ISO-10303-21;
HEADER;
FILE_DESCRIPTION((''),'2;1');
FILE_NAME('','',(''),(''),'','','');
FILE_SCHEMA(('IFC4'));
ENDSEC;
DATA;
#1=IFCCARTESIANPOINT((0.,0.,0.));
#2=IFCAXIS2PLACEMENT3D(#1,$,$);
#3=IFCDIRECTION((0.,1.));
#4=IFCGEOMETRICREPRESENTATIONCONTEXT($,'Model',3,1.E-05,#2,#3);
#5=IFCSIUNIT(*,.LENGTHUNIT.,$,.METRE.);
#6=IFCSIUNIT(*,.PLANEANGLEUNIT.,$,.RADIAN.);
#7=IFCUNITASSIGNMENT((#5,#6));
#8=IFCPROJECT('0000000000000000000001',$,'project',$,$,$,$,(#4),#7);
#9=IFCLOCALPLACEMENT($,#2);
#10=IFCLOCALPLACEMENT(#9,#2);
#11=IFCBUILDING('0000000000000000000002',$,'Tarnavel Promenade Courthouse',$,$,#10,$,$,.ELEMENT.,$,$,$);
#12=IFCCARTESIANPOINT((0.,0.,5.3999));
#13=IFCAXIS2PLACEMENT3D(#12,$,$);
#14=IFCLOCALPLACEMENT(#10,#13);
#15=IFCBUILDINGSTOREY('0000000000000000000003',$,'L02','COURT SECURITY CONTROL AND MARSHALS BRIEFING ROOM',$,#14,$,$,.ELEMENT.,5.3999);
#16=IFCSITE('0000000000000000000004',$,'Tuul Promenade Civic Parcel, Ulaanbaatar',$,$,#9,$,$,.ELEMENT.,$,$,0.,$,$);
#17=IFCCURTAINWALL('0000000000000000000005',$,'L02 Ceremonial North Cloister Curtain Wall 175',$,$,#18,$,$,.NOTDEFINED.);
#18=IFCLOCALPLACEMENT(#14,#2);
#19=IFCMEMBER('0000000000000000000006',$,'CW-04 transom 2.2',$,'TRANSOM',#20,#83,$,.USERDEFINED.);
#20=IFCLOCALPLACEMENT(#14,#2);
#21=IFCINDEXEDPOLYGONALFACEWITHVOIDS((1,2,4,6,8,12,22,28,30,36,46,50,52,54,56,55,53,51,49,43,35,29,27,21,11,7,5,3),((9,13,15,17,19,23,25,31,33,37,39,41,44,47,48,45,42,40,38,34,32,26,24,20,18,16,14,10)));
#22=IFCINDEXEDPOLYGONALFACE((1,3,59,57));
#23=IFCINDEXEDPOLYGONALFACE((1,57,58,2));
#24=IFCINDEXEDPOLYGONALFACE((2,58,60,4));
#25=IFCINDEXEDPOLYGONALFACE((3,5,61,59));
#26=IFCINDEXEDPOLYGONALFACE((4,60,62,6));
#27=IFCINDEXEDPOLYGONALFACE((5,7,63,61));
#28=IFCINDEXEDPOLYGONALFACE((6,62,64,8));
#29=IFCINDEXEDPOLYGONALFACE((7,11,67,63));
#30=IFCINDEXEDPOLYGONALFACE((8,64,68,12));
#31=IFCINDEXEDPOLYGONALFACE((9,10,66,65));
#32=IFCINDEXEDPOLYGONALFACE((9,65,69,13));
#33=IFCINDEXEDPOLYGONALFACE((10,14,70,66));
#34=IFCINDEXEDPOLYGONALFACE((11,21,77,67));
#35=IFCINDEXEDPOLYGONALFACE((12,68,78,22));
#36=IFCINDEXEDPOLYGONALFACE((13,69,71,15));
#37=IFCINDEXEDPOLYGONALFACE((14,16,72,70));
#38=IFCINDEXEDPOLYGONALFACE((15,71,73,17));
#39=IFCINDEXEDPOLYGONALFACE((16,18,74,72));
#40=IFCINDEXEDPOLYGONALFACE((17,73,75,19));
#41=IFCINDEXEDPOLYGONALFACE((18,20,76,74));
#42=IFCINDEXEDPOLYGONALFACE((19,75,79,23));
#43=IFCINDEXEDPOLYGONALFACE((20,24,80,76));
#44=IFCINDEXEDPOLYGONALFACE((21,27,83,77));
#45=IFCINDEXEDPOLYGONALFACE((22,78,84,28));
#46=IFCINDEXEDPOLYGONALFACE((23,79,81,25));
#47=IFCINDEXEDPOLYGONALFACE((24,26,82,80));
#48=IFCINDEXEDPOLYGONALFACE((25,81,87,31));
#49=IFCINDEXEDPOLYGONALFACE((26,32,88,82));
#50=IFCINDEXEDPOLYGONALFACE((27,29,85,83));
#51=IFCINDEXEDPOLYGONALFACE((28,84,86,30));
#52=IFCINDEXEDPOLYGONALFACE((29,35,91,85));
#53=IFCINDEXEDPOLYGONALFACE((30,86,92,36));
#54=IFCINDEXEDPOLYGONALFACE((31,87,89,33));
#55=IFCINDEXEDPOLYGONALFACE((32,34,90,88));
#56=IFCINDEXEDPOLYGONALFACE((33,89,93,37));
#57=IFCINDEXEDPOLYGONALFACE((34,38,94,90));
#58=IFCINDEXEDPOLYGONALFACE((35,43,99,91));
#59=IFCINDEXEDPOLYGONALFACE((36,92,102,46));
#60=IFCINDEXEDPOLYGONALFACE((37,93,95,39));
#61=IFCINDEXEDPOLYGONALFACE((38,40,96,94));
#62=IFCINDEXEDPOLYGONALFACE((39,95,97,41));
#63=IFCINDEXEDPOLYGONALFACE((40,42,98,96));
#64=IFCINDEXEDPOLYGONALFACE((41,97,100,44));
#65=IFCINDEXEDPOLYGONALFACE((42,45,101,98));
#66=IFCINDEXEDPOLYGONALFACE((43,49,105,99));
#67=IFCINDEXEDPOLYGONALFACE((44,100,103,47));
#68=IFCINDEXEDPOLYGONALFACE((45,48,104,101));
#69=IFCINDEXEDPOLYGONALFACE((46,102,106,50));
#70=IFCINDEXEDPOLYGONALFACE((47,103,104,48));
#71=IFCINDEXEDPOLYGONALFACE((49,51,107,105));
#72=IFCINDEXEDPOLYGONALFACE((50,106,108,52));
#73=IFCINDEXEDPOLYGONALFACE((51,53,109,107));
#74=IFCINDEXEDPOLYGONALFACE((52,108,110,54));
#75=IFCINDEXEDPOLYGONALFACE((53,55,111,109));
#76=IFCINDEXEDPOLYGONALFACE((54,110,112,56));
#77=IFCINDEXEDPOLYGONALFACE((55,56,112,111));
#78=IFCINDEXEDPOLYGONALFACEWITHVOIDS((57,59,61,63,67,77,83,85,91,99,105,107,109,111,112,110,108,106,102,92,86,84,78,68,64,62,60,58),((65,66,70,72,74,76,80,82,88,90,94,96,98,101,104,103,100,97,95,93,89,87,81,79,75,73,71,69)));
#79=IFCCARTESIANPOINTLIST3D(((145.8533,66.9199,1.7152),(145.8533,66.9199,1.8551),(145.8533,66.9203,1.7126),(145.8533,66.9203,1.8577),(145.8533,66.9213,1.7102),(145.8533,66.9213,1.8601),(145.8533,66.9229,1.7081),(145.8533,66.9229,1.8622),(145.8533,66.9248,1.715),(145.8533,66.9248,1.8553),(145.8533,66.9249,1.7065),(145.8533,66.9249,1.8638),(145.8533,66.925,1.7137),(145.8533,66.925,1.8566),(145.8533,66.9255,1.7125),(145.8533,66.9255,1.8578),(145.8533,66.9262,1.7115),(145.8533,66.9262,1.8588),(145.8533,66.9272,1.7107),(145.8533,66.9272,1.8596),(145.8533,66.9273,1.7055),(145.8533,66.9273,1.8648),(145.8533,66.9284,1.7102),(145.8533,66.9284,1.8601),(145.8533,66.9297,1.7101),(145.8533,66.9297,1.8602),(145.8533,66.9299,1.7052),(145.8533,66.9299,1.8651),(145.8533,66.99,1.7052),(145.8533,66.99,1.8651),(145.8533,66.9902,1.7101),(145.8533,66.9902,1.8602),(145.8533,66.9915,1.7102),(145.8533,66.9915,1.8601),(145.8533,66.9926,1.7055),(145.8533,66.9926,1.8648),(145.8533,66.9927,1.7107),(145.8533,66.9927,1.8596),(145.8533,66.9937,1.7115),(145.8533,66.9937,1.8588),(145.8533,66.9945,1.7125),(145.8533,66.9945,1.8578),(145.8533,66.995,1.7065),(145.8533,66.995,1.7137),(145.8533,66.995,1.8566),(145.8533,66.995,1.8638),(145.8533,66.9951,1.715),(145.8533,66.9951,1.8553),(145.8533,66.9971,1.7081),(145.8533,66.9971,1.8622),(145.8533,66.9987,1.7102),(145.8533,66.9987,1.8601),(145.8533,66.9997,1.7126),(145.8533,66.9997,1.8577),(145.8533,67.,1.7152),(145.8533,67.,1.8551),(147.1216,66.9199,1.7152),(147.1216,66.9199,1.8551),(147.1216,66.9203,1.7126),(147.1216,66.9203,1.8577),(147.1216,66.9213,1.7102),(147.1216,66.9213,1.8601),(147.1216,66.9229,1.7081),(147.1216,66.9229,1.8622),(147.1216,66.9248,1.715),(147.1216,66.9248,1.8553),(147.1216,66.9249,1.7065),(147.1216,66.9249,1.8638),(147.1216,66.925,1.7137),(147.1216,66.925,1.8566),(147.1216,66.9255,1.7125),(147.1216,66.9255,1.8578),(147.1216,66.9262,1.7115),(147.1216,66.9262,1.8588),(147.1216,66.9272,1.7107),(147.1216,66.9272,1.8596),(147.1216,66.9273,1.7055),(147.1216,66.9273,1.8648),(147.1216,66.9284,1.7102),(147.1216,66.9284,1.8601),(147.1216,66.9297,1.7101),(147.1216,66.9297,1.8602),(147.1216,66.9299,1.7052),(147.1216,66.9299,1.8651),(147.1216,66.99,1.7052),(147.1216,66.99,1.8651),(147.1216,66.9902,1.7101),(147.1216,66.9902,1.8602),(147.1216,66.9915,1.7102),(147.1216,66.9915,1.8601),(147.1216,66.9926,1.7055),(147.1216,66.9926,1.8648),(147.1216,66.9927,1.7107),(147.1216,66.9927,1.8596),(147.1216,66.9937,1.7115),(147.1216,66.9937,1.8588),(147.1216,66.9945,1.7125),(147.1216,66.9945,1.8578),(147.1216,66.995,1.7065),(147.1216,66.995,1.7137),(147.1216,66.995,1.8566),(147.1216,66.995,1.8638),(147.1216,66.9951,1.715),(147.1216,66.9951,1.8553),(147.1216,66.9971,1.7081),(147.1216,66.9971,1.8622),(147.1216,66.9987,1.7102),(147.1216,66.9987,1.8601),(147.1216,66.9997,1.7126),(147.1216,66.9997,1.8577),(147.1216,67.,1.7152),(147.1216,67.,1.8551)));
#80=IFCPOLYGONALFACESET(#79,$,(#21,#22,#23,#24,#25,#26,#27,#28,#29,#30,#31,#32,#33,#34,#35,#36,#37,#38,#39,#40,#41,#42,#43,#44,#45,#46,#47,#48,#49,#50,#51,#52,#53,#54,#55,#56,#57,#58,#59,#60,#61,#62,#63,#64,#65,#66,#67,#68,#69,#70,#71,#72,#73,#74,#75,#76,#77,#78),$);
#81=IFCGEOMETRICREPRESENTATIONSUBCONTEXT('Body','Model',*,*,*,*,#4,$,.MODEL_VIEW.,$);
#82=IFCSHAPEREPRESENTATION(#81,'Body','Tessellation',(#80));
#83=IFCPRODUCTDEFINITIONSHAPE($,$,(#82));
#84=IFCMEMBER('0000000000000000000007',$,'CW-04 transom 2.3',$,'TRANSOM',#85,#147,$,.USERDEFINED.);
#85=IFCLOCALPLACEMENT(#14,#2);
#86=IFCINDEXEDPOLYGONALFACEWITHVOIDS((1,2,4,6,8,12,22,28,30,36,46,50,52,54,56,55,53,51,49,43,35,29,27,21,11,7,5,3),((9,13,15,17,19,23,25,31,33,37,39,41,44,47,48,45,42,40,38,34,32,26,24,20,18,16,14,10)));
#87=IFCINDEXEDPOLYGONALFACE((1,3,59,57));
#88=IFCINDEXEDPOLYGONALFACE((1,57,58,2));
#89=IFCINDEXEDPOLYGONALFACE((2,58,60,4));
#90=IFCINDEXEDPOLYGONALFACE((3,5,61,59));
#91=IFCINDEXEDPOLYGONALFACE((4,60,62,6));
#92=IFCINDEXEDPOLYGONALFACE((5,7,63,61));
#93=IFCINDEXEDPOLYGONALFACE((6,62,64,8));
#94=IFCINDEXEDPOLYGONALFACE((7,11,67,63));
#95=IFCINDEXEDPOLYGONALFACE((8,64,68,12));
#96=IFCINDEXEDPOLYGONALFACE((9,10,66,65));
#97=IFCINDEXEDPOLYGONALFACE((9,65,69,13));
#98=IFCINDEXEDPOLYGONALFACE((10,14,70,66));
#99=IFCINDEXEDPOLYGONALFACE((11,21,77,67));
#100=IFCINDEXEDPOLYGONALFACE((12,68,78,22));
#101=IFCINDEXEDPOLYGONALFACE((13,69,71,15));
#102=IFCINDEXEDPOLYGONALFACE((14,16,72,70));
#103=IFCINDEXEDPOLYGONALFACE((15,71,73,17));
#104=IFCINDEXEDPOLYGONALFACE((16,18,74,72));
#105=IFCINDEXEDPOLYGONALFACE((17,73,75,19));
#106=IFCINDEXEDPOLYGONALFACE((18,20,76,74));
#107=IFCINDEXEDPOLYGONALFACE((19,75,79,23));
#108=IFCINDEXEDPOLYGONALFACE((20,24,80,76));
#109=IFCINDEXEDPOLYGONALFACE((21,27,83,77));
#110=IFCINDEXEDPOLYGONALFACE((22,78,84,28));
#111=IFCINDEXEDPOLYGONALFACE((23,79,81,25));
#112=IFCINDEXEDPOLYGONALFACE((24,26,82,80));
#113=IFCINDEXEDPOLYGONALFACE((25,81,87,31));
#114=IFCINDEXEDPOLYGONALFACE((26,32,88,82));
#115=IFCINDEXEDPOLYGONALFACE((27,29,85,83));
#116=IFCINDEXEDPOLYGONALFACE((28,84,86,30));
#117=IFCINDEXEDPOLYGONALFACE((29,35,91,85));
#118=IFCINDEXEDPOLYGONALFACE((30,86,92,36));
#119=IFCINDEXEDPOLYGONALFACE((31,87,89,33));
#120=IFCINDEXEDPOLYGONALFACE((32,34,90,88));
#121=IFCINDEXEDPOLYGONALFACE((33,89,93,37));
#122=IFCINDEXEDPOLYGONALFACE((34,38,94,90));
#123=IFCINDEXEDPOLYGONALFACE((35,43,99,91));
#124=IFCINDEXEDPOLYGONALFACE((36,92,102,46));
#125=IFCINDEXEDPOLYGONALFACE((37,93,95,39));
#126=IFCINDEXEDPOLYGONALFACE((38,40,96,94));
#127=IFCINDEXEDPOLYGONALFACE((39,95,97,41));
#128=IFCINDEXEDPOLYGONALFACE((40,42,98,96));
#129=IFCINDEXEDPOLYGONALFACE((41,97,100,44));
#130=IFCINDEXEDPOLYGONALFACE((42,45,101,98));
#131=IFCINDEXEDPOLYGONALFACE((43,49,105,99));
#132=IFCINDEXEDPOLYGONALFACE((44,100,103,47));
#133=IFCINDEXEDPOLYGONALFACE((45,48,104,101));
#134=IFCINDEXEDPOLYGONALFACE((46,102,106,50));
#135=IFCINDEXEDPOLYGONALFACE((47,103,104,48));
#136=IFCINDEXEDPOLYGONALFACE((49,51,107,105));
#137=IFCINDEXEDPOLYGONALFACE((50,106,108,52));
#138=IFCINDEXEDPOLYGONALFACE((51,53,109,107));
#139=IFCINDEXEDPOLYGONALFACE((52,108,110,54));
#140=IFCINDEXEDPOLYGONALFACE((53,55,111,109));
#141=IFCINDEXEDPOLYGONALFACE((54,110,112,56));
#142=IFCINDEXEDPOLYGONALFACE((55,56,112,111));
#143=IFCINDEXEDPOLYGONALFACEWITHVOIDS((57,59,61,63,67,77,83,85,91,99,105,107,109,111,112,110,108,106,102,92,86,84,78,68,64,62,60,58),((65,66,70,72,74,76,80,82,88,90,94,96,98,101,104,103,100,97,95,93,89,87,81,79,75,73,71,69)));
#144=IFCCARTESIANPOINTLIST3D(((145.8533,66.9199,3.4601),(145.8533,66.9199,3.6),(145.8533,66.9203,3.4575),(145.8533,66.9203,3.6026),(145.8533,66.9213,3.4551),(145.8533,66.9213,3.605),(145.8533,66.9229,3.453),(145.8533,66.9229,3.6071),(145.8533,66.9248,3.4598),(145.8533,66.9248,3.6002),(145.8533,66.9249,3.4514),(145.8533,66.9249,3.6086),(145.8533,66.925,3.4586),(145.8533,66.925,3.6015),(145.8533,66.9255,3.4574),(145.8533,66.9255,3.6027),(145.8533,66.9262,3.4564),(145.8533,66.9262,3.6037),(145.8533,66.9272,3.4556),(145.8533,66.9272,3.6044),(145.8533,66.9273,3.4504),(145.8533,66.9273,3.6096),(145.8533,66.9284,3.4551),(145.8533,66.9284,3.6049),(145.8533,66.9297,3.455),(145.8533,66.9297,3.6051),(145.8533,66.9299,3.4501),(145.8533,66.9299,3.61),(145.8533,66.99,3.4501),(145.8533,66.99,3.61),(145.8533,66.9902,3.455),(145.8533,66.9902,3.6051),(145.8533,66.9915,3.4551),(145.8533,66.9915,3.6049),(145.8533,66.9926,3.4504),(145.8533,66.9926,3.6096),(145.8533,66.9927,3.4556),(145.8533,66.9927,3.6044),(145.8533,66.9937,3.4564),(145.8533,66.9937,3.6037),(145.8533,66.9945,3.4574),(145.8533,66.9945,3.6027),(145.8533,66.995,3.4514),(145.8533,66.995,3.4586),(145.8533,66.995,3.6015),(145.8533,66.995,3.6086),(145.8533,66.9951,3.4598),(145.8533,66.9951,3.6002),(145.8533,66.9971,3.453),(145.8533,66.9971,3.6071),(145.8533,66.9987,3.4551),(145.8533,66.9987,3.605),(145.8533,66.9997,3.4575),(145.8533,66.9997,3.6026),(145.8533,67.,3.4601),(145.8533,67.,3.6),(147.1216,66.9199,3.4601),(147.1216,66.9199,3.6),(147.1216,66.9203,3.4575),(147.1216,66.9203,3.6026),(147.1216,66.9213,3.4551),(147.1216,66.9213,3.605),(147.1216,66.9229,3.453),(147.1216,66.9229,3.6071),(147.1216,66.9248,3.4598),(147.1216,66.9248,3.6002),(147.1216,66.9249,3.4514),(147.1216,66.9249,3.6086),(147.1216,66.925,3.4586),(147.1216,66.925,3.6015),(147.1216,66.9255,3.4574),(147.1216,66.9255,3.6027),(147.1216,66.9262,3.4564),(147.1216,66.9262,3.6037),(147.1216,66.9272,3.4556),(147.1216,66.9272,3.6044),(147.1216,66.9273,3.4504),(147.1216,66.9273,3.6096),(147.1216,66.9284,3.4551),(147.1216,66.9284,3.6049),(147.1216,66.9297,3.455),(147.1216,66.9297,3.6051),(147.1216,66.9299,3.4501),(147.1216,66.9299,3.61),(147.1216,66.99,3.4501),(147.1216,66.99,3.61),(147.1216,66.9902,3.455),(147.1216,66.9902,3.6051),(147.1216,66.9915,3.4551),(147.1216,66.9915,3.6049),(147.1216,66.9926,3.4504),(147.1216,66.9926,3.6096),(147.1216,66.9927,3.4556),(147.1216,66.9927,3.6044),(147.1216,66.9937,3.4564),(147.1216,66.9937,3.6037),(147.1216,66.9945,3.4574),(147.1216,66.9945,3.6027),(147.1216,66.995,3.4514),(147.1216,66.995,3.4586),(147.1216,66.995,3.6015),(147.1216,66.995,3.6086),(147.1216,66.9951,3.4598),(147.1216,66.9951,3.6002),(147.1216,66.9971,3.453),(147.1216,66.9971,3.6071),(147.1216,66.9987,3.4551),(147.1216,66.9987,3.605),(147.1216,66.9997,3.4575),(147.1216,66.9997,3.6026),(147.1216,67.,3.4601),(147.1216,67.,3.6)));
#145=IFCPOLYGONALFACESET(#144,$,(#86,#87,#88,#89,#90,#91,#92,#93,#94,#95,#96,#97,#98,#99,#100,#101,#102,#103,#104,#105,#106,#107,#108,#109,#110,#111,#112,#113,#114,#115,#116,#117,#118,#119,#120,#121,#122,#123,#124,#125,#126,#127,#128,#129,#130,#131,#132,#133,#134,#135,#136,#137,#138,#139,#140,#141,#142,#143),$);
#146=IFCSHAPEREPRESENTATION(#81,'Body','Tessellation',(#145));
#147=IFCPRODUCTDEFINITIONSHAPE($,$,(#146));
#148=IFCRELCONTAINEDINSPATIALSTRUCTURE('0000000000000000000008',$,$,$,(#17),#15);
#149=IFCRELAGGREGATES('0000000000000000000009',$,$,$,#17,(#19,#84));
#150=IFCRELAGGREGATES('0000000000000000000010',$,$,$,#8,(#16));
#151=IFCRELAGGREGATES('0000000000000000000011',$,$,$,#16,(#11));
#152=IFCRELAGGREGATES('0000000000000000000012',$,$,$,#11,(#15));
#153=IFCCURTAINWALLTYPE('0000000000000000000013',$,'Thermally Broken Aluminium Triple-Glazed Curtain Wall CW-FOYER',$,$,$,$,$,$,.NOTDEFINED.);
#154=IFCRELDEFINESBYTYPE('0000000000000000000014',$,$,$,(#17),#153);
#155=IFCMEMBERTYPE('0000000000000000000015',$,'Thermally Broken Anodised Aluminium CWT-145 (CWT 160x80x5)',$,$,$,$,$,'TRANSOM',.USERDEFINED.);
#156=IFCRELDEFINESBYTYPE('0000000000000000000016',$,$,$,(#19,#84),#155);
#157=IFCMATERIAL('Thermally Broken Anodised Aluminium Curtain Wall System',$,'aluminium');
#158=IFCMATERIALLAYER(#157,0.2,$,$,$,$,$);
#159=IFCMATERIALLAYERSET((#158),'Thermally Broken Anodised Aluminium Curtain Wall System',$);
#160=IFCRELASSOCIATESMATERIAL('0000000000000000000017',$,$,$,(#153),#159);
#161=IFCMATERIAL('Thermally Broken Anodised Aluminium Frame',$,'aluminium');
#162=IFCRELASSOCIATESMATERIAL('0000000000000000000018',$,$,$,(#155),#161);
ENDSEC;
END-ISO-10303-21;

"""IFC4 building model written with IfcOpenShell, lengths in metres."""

from ifc_helpers import new_model, si_unit, direction, frame, origin, origin_2d, place, context, subcontext, project, spatial, hollow_rectangle, extrude, material, layer, layer_set, material_profile, profile_set, type_object, element, aggregate, save


model = new_model("IFC4")

# Units and contexts
model_context = context("Model", 3, precision=1e-05, world=origin(), true_north=direction((0.0, 1.0)))
body_context = subcontext(model_context, "Body", "Model", "MODEL_VIEW")
ifc_project = project(units=[si_unit("LENGTHUNIT", "METRE"), si_unit("PLANEANGLEUNIT", "RADIAN")], contexts=[model_context])

# Site, building, storey
site_placement = place(None, origin())
site = spatial("IfcSite", under=ifc_project, at=site_placement, Name="Tuul Promenade Civic Parcel, Ulaanbaatar", CompositionType="ELEMENT", RefElevation=0.0)
building_placement = place(site_placement, origin())
building = spatial("IfcBuilding", under=site, at=building_placement, Name="Tarnavel Promenade Courthouse", CompositionType="ELEMENT")
storey_placement = place(building_placement, frame((0.0, 0.0, 5.3999)))
storey = spatial("IfcBuildingStorey", under=building, at=storey_placement, Name="L02", Description="COURT SECURITY CONTROL AND MARSHALS BRIEFING ROOM", CompositionType="ELEMENT", Elevation=5.3999)

# Curtain wall
ifc_material_1 = material(Name="Thermally Broken Anodised Aluminium Curtain Wall System", Category="aluminium")
ifc_layer_1 = layer(ifc_material_1, 0.2)
ifc_layer_set_1 = layer_set([ifc_layer_1], Name="Thermally Broken Anodised Aluminium Curtain Wall System")
curtain_wall_type = type_object("IfcCurtainWallType", Name="Thermally Broken Aluminium Triple-Glazed Curtain Wall CW-FOYER", PredefinedType="NOTDEFINED", material=ifc_layer_set_1)
ifc_material_2 = material(Name="Thermally Broken Anodised Aluminium Frame", Category="aluminium")
curtain_wall_1_placement = place(storey_placement, origin())
curtain_wall_1 = element("IfcCurtainWall", 1, at=curtain_wall_1_placement, inside=storey, type_object=curtain_wall_type, Name="L02 Ceremonial North Cloister Curtain Wall 175", PredefinedType="NOTDEFINED")

# Members
ifc_material_profile_1 = material_profile(ifc_material_2, hollow_rectangle(XDim=0.0801, YDim=0.1599, WallThickness=0.0049, InnerFilletRadius=0.0049, OuterFilletRadius=0.01, at=origin_2d()), Name="CWT 160x80x5")
ifc_profile_set_1 = profile_set([ifc_material_profile_1], Name="Thermally Broken Anodised Aluminium Frame")
member_type_1 = type_object("IfcMemberType", Name="Thermally Broken Anodised Aluminium CWT-145 (CWT 160x80x5)", ElementType="TRANSOM", PredefinedType="USERDEFINED", material=ifc_profile_set_1)
member_1_placement = place(storey_placement, frame((147.1216, 66.96, 1.7852), z_axis=(-1.0, 0.0, 0.0), x_axis=(0.0, -1.0, 0.0)))
member_1 = element("IfcMember", 2, at=member_1_placement, type_object=member_type_1, Name="CW-04 transom 2.2", ObjectType="TRANSOM", PredefinedType="USERDEFINED", context=body_context, shape_type="SweptSolid", body=[
    extrude(hollow_rectangle(XDim=0.0801, YDim=0.1599, WallThickness=0.0049, InnerFilletRadius=0.0049, OuterFilletRadius=0.01, at=origin_2d()), origin(), (0.0, 0.0, 1.0), 1.2683),
])
member_2_placement = place(storey_placement, frame((147.1216, 66.96, 3.53), z_axis=(-1.0, 0.0, 0.0), x_axis=(0.0, -1.0, 0.0)))
member_2 = element("IfcMember", 3, at=member_2_placement, type_object=member_type_1, Name="CW-04 transom 2.3", ObjectType="TRANSOM", PredefinedType="USERDEFINED", context=body_context, shape_type="SweptSolid", body=[
    extrude(hollow_rectangle(XDim=0.0801, YDim=0.1599, WallThickness=0.0049, InnerFilletRadius=0.0049, OuterFilletRadius=0.01, at=origin_2d()), origin(), (0.0, 0.0, 1.0), 1.2683),
])

aggregate(curtain_wall_1, [member_1, member_2])

save(model, "model.ifc")
